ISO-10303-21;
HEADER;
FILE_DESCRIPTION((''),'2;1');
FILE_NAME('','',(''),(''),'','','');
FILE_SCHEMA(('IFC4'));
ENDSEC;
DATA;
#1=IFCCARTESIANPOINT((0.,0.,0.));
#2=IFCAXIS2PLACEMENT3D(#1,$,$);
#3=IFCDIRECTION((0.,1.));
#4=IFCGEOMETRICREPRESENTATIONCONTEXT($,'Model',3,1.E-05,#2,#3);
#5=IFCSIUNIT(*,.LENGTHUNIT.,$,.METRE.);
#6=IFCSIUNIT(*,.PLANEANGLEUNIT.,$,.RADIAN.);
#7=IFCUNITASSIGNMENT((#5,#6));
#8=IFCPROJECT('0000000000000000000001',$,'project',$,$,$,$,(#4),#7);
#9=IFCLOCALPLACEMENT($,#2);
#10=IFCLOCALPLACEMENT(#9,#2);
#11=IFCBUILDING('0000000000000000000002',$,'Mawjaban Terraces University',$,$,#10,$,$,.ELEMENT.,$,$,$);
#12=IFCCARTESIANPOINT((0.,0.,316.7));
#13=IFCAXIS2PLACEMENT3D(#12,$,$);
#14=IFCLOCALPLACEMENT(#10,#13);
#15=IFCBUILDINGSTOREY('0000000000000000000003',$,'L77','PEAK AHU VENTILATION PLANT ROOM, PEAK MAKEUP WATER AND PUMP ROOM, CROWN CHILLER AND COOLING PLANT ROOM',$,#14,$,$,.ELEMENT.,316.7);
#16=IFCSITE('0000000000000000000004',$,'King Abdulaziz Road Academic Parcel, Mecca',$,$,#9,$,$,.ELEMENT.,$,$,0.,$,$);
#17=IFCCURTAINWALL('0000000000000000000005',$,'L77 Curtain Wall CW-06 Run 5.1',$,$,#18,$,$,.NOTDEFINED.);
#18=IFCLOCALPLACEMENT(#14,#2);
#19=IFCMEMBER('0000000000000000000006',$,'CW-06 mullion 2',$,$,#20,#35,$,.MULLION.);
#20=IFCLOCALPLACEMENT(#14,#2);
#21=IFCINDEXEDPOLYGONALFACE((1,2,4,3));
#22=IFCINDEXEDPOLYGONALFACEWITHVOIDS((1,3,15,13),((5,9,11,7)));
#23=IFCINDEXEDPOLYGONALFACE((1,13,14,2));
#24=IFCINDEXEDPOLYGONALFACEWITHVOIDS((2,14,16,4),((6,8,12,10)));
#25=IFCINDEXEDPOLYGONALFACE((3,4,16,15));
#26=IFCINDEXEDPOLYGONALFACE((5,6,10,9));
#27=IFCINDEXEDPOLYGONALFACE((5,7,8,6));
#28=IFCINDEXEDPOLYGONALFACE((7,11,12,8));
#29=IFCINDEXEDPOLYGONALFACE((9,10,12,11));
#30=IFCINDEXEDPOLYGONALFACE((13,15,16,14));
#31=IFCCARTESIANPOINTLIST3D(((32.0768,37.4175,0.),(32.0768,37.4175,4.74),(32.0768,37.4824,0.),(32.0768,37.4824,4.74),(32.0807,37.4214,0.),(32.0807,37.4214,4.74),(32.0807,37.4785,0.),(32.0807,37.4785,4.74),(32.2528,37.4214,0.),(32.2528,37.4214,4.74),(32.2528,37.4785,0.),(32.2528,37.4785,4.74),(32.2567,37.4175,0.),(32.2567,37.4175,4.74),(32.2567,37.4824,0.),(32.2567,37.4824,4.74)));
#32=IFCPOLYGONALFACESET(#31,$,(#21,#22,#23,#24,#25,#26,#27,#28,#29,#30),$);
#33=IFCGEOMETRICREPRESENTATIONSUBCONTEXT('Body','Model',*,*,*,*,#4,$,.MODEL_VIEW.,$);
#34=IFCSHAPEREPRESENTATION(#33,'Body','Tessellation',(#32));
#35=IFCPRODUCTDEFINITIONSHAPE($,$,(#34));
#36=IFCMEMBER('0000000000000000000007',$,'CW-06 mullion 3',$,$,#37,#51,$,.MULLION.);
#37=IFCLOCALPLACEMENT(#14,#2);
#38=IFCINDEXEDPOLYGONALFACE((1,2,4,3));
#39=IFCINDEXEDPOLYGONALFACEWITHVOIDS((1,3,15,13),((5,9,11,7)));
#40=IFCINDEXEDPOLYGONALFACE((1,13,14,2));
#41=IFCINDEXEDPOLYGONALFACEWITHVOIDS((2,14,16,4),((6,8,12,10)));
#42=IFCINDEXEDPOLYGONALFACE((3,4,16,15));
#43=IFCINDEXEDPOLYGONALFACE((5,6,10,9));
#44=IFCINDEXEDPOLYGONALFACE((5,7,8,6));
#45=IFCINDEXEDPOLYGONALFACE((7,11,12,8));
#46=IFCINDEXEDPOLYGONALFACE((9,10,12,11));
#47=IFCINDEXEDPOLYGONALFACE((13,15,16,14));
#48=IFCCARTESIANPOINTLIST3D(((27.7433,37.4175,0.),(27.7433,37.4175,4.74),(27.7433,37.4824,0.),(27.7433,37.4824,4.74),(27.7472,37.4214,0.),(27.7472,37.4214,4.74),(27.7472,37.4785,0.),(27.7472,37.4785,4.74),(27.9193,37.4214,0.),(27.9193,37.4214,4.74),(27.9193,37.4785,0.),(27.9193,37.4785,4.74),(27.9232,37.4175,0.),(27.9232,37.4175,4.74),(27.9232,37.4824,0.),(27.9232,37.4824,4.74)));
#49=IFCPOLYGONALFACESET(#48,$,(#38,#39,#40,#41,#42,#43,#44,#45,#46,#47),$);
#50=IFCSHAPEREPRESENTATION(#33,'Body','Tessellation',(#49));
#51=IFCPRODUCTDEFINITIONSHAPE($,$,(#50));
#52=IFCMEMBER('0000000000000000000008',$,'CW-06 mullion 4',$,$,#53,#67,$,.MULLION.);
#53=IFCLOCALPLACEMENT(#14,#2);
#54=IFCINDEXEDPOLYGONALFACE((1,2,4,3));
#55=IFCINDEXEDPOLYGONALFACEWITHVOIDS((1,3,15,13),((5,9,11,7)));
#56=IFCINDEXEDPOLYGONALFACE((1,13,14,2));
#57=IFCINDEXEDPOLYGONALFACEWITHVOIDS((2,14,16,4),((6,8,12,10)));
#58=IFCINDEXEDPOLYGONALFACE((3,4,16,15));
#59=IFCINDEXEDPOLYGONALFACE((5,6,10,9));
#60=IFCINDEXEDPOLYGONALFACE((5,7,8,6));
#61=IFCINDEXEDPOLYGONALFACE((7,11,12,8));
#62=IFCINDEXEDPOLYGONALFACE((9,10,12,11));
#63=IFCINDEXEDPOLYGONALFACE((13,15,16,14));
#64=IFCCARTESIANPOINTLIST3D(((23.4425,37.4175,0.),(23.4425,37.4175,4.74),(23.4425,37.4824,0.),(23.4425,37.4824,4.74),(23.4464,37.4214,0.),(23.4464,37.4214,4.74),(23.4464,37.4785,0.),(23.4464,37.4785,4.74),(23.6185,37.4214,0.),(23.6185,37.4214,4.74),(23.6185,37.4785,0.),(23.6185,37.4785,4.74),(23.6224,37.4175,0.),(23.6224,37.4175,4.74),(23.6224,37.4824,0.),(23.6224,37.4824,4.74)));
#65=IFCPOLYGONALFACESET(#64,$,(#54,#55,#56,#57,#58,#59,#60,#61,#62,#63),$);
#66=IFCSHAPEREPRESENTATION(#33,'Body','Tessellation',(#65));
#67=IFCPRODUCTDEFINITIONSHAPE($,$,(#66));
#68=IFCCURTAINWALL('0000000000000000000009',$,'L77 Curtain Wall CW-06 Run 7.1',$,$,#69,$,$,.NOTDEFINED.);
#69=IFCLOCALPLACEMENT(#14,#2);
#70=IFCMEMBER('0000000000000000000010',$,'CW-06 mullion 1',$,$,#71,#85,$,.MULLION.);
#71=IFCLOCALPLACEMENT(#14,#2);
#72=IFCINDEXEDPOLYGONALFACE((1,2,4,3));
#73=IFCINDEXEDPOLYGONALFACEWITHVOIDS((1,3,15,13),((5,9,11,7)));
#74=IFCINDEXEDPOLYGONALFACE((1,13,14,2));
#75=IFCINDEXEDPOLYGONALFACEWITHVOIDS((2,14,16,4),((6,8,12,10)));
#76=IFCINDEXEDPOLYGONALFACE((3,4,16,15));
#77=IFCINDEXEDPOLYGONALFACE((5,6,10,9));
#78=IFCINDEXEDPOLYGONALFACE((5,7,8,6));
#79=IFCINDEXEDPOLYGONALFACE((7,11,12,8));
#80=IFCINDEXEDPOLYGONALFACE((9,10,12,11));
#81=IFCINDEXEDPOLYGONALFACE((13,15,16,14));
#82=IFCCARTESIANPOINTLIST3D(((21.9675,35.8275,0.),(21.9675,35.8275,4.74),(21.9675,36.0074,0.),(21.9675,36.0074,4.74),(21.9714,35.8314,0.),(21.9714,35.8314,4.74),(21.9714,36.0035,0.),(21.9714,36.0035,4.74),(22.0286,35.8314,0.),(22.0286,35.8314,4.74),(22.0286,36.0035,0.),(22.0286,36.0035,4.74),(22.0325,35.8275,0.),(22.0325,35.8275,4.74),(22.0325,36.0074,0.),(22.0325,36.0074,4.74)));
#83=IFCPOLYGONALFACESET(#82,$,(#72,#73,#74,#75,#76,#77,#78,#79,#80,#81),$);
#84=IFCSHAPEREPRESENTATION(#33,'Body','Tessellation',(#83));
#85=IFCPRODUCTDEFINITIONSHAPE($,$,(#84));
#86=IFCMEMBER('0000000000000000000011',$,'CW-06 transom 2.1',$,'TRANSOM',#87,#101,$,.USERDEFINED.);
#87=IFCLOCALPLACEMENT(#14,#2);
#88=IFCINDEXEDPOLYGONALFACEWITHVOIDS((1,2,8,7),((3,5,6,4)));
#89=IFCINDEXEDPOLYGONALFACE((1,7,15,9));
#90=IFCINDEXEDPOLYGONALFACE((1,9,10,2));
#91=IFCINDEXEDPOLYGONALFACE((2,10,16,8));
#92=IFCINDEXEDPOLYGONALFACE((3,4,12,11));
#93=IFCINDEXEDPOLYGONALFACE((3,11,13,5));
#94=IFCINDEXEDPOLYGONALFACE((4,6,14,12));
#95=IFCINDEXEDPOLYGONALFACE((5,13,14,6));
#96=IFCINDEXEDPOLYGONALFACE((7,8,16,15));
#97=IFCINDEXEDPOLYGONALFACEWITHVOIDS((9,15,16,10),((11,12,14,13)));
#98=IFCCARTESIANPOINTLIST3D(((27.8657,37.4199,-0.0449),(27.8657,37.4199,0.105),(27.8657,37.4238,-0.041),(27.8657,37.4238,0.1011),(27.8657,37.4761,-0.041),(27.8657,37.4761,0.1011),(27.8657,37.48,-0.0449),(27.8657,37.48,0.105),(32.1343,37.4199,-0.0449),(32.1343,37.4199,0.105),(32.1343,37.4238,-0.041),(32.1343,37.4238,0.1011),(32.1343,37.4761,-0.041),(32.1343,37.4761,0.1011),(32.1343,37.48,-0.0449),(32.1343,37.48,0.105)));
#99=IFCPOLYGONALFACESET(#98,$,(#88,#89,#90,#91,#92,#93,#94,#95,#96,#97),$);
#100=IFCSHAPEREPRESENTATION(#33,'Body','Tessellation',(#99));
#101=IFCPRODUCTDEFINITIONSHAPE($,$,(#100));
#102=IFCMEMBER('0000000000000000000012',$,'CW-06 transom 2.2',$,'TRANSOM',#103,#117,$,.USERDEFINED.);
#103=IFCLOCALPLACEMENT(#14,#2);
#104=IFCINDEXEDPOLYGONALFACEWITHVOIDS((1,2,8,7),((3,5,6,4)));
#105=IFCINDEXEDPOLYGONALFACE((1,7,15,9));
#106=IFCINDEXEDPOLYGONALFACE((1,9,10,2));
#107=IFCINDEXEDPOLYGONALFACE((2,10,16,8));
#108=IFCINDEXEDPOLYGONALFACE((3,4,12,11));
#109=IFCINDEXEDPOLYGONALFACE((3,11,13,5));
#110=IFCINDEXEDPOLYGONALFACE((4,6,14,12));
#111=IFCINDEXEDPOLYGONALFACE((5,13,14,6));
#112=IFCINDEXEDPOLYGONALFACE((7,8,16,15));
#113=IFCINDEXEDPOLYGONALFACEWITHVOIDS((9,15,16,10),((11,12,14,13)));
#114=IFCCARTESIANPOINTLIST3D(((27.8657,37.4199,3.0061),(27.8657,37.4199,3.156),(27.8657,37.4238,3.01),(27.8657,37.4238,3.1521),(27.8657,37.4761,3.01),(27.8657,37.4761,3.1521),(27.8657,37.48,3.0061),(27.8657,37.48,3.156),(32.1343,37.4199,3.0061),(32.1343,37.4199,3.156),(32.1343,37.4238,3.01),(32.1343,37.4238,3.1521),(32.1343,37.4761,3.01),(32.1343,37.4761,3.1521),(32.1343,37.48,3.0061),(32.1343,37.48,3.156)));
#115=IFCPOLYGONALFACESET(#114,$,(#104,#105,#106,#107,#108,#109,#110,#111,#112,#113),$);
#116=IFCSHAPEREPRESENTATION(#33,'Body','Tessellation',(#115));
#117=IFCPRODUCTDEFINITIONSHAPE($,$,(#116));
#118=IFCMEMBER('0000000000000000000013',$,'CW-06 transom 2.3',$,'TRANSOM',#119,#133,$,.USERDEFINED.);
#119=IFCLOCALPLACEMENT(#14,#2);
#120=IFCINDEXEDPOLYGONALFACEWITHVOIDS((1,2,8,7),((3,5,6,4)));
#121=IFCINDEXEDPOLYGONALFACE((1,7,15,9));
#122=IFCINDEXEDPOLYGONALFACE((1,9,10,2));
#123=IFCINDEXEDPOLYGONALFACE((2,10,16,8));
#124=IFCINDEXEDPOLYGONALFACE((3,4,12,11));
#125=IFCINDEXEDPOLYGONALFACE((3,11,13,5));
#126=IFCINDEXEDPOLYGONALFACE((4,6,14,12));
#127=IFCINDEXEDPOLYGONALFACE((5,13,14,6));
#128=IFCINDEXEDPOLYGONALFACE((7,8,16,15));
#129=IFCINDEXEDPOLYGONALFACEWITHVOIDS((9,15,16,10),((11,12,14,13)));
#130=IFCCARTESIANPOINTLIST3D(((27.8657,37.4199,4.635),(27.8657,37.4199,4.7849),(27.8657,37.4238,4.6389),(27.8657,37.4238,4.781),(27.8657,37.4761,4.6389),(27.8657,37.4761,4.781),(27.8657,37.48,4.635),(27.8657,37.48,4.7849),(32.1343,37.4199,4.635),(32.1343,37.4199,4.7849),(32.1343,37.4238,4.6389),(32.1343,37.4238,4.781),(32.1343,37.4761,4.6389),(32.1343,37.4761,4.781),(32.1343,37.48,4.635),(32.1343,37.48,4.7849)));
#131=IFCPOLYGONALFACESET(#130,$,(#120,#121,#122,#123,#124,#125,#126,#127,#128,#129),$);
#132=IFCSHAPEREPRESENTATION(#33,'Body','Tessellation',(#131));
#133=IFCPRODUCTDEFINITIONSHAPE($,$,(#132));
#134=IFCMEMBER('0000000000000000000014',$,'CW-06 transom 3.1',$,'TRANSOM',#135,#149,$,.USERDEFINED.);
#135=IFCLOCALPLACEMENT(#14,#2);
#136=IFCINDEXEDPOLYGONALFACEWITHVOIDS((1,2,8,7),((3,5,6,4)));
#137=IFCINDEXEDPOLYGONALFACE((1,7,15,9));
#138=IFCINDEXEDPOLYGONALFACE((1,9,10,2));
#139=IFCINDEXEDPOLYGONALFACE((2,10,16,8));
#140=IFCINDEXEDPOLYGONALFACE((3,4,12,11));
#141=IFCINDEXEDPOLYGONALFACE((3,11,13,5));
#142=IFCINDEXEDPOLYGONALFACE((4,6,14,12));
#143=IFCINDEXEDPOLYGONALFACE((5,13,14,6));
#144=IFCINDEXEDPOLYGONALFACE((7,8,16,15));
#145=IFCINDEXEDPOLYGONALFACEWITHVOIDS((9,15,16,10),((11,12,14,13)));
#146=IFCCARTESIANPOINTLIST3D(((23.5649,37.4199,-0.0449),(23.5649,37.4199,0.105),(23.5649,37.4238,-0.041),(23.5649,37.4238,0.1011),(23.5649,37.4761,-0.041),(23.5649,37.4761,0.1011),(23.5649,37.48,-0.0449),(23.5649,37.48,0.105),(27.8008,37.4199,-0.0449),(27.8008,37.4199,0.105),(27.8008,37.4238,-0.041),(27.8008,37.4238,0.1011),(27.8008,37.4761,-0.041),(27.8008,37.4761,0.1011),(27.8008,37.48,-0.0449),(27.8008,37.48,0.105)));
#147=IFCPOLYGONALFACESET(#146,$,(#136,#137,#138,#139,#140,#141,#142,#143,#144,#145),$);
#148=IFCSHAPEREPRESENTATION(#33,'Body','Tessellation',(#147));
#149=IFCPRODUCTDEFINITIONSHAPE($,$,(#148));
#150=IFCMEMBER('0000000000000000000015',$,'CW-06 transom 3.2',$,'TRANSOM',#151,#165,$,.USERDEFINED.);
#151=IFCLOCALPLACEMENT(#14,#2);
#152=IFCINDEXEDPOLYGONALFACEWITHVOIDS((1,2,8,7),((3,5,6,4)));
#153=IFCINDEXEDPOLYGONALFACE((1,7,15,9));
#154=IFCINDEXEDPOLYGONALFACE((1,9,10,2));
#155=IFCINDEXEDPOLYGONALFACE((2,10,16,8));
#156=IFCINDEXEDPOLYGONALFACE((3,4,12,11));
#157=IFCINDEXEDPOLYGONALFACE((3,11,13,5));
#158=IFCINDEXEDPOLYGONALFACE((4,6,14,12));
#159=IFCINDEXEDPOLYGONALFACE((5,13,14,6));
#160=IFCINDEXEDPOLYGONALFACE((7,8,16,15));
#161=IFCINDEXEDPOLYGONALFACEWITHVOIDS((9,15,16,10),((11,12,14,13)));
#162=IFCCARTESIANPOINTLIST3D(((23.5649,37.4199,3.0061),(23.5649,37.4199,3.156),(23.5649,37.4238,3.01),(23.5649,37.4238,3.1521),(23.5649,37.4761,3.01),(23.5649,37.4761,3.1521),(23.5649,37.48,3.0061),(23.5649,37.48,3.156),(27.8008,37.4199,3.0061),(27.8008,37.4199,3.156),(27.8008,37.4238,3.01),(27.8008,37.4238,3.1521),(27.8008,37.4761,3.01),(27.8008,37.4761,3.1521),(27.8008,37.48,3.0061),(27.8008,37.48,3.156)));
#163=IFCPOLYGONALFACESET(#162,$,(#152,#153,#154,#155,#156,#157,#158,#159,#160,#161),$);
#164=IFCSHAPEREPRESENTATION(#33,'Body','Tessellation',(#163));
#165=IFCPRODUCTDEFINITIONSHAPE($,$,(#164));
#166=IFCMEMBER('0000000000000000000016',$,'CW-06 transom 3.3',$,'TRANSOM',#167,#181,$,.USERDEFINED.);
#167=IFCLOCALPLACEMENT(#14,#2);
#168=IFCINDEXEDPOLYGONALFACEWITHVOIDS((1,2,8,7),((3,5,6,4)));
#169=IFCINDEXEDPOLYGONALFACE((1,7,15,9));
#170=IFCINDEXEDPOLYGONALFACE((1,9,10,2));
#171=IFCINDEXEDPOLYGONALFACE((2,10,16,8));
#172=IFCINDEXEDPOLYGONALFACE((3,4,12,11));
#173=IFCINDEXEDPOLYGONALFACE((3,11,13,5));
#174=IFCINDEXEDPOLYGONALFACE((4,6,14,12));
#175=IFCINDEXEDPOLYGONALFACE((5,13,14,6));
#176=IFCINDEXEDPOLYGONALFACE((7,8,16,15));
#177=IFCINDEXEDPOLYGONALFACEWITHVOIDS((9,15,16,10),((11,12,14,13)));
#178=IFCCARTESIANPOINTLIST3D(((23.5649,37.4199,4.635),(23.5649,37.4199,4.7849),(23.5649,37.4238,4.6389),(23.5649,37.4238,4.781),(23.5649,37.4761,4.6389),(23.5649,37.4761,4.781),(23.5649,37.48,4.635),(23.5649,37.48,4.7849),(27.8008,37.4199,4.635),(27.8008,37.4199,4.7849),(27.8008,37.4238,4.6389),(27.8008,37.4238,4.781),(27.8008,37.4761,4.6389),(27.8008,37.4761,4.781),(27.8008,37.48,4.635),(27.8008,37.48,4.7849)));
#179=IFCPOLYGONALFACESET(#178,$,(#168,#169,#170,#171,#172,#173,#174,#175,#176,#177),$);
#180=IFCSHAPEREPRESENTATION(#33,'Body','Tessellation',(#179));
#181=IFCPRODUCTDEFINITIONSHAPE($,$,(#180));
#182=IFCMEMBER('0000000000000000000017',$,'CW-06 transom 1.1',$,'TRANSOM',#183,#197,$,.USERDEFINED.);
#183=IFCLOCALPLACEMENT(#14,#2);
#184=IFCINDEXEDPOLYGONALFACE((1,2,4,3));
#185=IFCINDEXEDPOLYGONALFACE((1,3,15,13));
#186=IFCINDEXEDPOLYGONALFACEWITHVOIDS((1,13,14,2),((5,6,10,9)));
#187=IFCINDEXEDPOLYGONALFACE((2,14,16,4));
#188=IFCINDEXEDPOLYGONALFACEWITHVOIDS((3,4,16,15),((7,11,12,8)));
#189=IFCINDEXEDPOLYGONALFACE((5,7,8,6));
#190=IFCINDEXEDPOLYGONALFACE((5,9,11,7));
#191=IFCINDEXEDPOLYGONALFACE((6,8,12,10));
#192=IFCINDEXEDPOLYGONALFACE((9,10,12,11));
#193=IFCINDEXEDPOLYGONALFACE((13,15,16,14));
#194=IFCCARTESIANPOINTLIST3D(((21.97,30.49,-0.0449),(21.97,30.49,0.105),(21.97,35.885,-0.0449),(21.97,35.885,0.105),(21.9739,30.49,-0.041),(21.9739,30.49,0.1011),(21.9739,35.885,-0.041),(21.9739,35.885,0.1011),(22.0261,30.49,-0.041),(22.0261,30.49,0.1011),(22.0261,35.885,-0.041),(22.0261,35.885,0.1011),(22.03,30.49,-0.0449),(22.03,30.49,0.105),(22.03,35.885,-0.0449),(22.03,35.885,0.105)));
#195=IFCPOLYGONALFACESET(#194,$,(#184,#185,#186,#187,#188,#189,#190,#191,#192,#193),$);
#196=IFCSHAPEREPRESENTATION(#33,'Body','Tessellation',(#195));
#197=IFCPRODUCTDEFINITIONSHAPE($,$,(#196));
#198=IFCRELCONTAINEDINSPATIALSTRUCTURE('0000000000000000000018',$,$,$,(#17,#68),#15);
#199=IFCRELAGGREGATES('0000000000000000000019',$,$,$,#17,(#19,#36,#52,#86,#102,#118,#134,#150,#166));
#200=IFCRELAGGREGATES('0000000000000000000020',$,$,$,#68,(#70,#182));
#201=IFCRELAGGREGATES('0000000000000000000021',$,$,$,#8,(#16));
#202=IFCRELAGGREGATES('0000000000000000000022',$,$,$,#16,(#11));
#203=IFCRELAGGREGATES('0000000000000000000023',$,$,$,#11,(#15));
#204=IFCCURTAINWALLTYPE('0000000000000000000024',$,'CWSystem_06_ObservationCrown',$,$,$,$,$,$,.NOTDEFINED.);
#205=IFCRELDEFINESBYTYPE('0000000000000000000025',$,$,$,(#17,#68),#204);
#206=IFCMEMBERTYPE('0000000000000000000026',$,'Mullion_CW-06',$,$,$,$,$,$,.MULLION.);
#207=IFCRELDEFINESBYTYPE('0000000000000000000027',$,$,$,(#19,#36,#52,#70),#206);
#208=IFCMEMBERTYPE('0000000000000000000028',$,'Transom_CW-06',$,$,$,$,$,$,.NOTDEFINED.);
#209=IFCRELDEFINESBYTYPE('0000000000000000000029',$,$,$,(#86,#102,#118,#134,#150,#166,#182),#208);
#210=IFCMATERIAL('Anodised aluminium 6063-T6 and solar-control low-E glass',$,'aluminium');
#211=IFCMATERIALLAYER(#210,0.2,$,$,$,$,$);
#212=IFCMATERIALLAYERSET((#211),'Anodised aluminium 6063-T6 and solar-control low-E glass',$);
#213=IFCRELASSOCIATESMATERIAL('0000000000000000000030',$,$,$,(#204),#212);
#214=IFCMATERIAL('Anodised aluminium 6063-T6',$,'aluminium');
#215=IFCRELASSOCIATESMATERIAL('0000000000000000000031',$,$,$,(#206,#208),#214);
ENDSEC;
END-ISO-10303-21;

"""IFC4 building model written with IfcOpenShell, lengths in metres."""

from ifc_helpers import new_model, si_unit, direction, frame, origin, origin_2d, place, context, subcontext, project, spatial, hollow_rectangle, extrude, material, layer, layer_set, material_profile, profile_set, type_object, element, aggregate, save


model = new_model("IFC4")

# Units and contexts
model_context = context("Model", 3, precision=1e-05, world=origin(), true_north=direction((0.0, 1.0)))
body_context = subcontext(model_context, "Body", "Model", "MODEL_VIEW")
ifc_project = project(units=[si_unit("LENGTHUNIT", "METRE"), si_unit("PLANEANGLEUNIT", "RADIAN")], contexts=[model_context])

# Site, building, storey
site_placement = place(None, origin())
site = spatial("IfcSite", under=ifc_project, at=site_placement, Name="King Abdulaziz Road Academic Parcel, Mecca", CompositionType="ELEMENT", RefElevation=0.0)
building_placement = place(site_placement, origin())
building = spatial("IfcBuilding", under=site, at=building_placement, Name="Mawjaban Terraces University", CompositionType="ELEMENT")
storey_placement = place(building_placement, frame((0.0, 0.0, 316.7)))
storey = spatial("IfcBuildingStorey", under=building, at=storey_placement, Name="L77", Description="PEAK AHU VENTILATION PLANT ROOM, PEAK MAKEUP WATER AND PUMP ROOM, CROWN CHILLER AND COOLING PLANT ROOM", CompositionType="ELEMENT", Elevation=316.7)

# Curtain wall, members
ifc_material_1 = material(Name="Anodised aluminium 6063-T6 and solar-control low-E glass", Category="aluminium")
ifc_layer_1 = layer(ifc_material_1, 0.2)
ifc_layer_set_1 = layer_set([ifc_layer_1], Name="Anodised aluminium 6063-T6 and solar-control low-E glass")
curtain_wall_type = type_object("IfcCurtainWallType", Name="CWSystem_06_ObservationCrown", PredefinedType="NOTDEFINED", material=ifc_layer_set_1)
curtain_wall_1_placement = place(storey_placement, origin())
curtain_wall_1 = element("IfcCurtainWall", 1, at=curtain_wall_1_placement, inside=storey, type_object=curtain_wall_type, Name="L77 Curtain Wall CW-06 Run 5.1", PredefinedType="NOTDEFINED")
ifc_material_2 = material(Name="Anodised aluminium 6063-T6", Category="aluminium")
ifc_material_profile_1 = material_profile(ifc_material_2, hollow_rectangle(XDim=0.0649, YDim=0.1799, WallThickness=0.0039, at=origin_2d()), Name="ALU180X65X4")
ifc_profile_set_1 = profile_set([ifc_material_profile_1], Name="Anodised aluminium 6063-T6")
member_type_1 = type_object("IfcMemberType", Name="Mullion_CW-06", PredefinedType="MULLION", material=ifc_profile_set_1)
member_1_placement = place(storey_placement, frame((32.1667, 37.45, 0.0), z_axis=(0.0, 0.0, 1.0), x_axis=(0.0, -1.0, 0.0)))
member_1 = element("IfcMember", 2, at=member_1_placement, type_object=member_type_1, Name="CW-06 mullion 2", PredefinedType="MULLION", context=body_context, shape_type="SweptSolid", body=[
    extrude(hollow_rectangle(XDim=0.0649, YDim=0.1799, WallThickness=0.0039, at=origin_2d()), origin(), (0.0, 0.0, 1.0), 4.74),
])
member_2_placement = place(storey_placement, frame((27.8333, 37.45, 0.0), z_axis=(0.0, 0.0, 1.0), x_axis=(0.0, -1.0, 0.0)))
member_2 = element("IfcMember", 3, at=member_2_placement, type_object=member_type_1, Name="CW-06 mullion 3", PredefinedType="MULLION", context=body_context, shape_type="SweptSolid", body=[
    extrude(hollow_rectangle(XDim=0.0649, YDim=0.1799, WallThickness=0.0039, at=origin_2d()), origin(), (0.0, 0.0, 1.0), 4.74),
])
member_3_placement = place(storey_placement, frame((23.5325, 37.45, 0.0), z_axis=(0.0, 0.0, 1.0), x_axis=(0.0, -1.0, 0.0)))
member_3 = element("IfcMember", 4, at=member_3_placement, type_object=member_type_1, Name="CW-06 mullion 4", PredefinedType="MULLION", context=body_context, shape_type="SweptSolid", body=[
    extrude(hollow_rectangle(XDim=0.0649, YDim=0.1799, WallThickness=0.0039, at=origin_2d()), origin(), (0.0, 0.0, 1.0), 4.74),
])

# Curtain wall, member
curtain_wall_2_placement = place(storey_placement, origin())
curtain_wall_2 = element("IfcCurtainWall", 5, at=curtain_wall_2_placement, inside=storey, type_object=curtain_wall_type, Name="L77 Curtain Wall CW-06 Run 7.1", PredefinedType="NOTDEFINED")
member_4_placement = place(storey_placement, frame((22.0, 35.9175, 0.0), z_axis=(0.0, 0.0, 1.0), x_axis=(1.0, 0.0, 0.0)))
member_4 = element("IfcMember", 6, at=member_4_placement, type_object=member_type_1, Name="CW-06 mullion 1", PredefinedType="MULLION", context=body_context, shape_type="SweptSolid", body=[
    extrude(hollow_rectangle(XDim=0.0649, YDim=0.1799, WallThickness=0.0039, at=origin_2d()), origin(), (0.0, 0.0, 1.0), 4.74),
])

# Members
ifc_material_profile_2 = material_profile(ifc_material_2, hollow_rectangle(XDim=0.0601, YDim=0.1499, WallThickness=0.0039, at=origin_2d()), Name="ALU150X60X4")
ifc_profile_set_2 = profile_set([ifc_material_profile_2], Name="Anodised aluminium 6063-T6")
member_type_2 = type_object("IfcMemberType", Name="Transom_CW-06", PredefinedType="NOTDEFINED", material=ifc_profile_set_2)
member_5_placement = place(storey_placement, frame((32.1343, 37.45, 0.03), z_axis=(-1.0, 0.0, 0.0), x_axis=(0.0, -1.0, 0.0)))
member_5 = element("IfcMember", 7, at=member_5_placement, type_object=member_type_2, Name="CW-06 transom 2.1", ObjectType="TRANSOM", PredefinedType="USERDEFINED", context=body_context, shape_type="SweptSolid", body=[
    extrude(hollow_rectangle(XDim=0.0601, YDim=0.1499, WallThickness=0.0039, at=origin_2d()), origin(), (0.0, 0.0, 1.0), 4.2686),
])
member_6_placement = place(storey_placement, frame((32.1343, 37.45, 3.0811), z_axis=(-1.0, 0.0, 0.0), x_axis=(0.0, -1.0, 0.0)))
member_6 = element("IfcMember", 8, at=member_6_placement, type_object=member_type_2, Name="CW-06 transom 2.2", ObjectType="TRANSOM", PredefinedType="USERDEFINED", context=body_context, shape_type="SweptSolid", body=[
    extrude(hollow_rectangle(XDim=0.0601, YDim=0.1499, WallThickness=0.0039, at=origin_2d()), origin(), (0.0, 0.0, 1.0), 4.2686),
])
member_7_placement = place(storey_placement, frame((32.1343, 37.45, 4.71), z_axis=(-1.0, 0.0, 0.0), x_axis=(0.0, -1.0, 0.0)))
member_7 = element("IfcMember", 9, at=member_7_placement, type_object=member_type_2, Name="CW-06 transom 2.3", ObjectType="TRANSOM", PredefinedType="USERDEFINED", context=body_context, shape_type="SweptSolid", body=[
    extrude(hollow_rectangle(XDim=0.0601, YDim=0.1499, WallThickness=0.0039, at=origin_2d()), origin(), (0.0, 0.0, 1.0), 4.2686),
])
member_8_placement = place(storey_placement, frame((27.8008, 37.45, 0.03), z_axis=(-1.0, 0.0, 0.0), x_axis=(0.0, -1.0, 0.0)))
member_8 = element("IfcMember", 10, at=member_8_placement, type_object=member_type_2, Name="CW-06 transom 3.1", ObjectType="TRANSOM", PredefinedType="USERDEFINED", context=body_context, shape_type="SweptSolid", body=[
    extrude(hollow_rectangle(XDim=0.0601, YDim=0.1499, WallThickness=0.0039, at=origin_2d()), origin(), (0.0, 0.0, 1.0), 4.2358),
])
member_9_placement = place(storey_placement, frame((27.8008, 37.45, 3.0811), z_axis=(-1.0, 0.0, 0.0), x_axis=(0.0, -1.0, 0.0)))
member_9 = element("IfcMember", 11, at=member_9_placement, type_object=member_type_2, Name="CW-06 transom 3.2", ObjectType="TRANSOM", PredefinedType="USERDEFINED", context=body_context, shape_type="SweptSolid", body=[
    extrude(hollow_rectangle(XDim=0.0601, YDim=0.1499, WallThickness=0.0039, at=origin_2d()), origin(), (0.0, 0.0, 1.0), 4.2358),
])
member_10_placement = place(storey_placement, frame((27.8008, 37.45, 4.71), z_axis=(-1.0, 0.0, 0.0), x_axis=(0.0, -1.0, 0.0)))
member_10 = element("IfcMember", 12, at=member_10_placement, type_object=member_type_2, Name="CW-06 transom 3.3", ObjectType="TRANSOM", PredefinedType="USERDEFINED", context=body_context, shape_type="SweptSolid", body=[
    extrude(hollow_rectangle(XDim=0.0601, YDim=0.1499, WallThickness=0.0039, at=origin_2d()), origin(), (0.0, 0.0, 1.0), 4.2358),
])
member_11_placement = place(storey_placement, frame((22.0, 35.885, 0.03), z_axis=(0.0, -1.0, 0.0), x_axis=(1.0, 0.0, 0.0)))
member_11 = element("IfcMember", 13, at=member_11_placement, type_object=member_type_2, Name="CW-06 transom 1.1", ObjectType="TRANSOM", PredefinedType="USERDEFINED", context=body_context, shape_type="SweptSolid", body=[
    extrude(hollow_rectangle(XDim=0.0601, YDim=0.1499, WallThickness=0.0039, at=origin_2d()), origin(), (0.0, 0.0, 1.0), 5.395),
])

aggregate(curtain_wall_1, [member_1, member_2, member_3, member_5, member_6, member_7, member_8, member_9, member_10])
aggregate(curtain_wall_2, [member_4, member_11])

save(model, "model.ifc")
